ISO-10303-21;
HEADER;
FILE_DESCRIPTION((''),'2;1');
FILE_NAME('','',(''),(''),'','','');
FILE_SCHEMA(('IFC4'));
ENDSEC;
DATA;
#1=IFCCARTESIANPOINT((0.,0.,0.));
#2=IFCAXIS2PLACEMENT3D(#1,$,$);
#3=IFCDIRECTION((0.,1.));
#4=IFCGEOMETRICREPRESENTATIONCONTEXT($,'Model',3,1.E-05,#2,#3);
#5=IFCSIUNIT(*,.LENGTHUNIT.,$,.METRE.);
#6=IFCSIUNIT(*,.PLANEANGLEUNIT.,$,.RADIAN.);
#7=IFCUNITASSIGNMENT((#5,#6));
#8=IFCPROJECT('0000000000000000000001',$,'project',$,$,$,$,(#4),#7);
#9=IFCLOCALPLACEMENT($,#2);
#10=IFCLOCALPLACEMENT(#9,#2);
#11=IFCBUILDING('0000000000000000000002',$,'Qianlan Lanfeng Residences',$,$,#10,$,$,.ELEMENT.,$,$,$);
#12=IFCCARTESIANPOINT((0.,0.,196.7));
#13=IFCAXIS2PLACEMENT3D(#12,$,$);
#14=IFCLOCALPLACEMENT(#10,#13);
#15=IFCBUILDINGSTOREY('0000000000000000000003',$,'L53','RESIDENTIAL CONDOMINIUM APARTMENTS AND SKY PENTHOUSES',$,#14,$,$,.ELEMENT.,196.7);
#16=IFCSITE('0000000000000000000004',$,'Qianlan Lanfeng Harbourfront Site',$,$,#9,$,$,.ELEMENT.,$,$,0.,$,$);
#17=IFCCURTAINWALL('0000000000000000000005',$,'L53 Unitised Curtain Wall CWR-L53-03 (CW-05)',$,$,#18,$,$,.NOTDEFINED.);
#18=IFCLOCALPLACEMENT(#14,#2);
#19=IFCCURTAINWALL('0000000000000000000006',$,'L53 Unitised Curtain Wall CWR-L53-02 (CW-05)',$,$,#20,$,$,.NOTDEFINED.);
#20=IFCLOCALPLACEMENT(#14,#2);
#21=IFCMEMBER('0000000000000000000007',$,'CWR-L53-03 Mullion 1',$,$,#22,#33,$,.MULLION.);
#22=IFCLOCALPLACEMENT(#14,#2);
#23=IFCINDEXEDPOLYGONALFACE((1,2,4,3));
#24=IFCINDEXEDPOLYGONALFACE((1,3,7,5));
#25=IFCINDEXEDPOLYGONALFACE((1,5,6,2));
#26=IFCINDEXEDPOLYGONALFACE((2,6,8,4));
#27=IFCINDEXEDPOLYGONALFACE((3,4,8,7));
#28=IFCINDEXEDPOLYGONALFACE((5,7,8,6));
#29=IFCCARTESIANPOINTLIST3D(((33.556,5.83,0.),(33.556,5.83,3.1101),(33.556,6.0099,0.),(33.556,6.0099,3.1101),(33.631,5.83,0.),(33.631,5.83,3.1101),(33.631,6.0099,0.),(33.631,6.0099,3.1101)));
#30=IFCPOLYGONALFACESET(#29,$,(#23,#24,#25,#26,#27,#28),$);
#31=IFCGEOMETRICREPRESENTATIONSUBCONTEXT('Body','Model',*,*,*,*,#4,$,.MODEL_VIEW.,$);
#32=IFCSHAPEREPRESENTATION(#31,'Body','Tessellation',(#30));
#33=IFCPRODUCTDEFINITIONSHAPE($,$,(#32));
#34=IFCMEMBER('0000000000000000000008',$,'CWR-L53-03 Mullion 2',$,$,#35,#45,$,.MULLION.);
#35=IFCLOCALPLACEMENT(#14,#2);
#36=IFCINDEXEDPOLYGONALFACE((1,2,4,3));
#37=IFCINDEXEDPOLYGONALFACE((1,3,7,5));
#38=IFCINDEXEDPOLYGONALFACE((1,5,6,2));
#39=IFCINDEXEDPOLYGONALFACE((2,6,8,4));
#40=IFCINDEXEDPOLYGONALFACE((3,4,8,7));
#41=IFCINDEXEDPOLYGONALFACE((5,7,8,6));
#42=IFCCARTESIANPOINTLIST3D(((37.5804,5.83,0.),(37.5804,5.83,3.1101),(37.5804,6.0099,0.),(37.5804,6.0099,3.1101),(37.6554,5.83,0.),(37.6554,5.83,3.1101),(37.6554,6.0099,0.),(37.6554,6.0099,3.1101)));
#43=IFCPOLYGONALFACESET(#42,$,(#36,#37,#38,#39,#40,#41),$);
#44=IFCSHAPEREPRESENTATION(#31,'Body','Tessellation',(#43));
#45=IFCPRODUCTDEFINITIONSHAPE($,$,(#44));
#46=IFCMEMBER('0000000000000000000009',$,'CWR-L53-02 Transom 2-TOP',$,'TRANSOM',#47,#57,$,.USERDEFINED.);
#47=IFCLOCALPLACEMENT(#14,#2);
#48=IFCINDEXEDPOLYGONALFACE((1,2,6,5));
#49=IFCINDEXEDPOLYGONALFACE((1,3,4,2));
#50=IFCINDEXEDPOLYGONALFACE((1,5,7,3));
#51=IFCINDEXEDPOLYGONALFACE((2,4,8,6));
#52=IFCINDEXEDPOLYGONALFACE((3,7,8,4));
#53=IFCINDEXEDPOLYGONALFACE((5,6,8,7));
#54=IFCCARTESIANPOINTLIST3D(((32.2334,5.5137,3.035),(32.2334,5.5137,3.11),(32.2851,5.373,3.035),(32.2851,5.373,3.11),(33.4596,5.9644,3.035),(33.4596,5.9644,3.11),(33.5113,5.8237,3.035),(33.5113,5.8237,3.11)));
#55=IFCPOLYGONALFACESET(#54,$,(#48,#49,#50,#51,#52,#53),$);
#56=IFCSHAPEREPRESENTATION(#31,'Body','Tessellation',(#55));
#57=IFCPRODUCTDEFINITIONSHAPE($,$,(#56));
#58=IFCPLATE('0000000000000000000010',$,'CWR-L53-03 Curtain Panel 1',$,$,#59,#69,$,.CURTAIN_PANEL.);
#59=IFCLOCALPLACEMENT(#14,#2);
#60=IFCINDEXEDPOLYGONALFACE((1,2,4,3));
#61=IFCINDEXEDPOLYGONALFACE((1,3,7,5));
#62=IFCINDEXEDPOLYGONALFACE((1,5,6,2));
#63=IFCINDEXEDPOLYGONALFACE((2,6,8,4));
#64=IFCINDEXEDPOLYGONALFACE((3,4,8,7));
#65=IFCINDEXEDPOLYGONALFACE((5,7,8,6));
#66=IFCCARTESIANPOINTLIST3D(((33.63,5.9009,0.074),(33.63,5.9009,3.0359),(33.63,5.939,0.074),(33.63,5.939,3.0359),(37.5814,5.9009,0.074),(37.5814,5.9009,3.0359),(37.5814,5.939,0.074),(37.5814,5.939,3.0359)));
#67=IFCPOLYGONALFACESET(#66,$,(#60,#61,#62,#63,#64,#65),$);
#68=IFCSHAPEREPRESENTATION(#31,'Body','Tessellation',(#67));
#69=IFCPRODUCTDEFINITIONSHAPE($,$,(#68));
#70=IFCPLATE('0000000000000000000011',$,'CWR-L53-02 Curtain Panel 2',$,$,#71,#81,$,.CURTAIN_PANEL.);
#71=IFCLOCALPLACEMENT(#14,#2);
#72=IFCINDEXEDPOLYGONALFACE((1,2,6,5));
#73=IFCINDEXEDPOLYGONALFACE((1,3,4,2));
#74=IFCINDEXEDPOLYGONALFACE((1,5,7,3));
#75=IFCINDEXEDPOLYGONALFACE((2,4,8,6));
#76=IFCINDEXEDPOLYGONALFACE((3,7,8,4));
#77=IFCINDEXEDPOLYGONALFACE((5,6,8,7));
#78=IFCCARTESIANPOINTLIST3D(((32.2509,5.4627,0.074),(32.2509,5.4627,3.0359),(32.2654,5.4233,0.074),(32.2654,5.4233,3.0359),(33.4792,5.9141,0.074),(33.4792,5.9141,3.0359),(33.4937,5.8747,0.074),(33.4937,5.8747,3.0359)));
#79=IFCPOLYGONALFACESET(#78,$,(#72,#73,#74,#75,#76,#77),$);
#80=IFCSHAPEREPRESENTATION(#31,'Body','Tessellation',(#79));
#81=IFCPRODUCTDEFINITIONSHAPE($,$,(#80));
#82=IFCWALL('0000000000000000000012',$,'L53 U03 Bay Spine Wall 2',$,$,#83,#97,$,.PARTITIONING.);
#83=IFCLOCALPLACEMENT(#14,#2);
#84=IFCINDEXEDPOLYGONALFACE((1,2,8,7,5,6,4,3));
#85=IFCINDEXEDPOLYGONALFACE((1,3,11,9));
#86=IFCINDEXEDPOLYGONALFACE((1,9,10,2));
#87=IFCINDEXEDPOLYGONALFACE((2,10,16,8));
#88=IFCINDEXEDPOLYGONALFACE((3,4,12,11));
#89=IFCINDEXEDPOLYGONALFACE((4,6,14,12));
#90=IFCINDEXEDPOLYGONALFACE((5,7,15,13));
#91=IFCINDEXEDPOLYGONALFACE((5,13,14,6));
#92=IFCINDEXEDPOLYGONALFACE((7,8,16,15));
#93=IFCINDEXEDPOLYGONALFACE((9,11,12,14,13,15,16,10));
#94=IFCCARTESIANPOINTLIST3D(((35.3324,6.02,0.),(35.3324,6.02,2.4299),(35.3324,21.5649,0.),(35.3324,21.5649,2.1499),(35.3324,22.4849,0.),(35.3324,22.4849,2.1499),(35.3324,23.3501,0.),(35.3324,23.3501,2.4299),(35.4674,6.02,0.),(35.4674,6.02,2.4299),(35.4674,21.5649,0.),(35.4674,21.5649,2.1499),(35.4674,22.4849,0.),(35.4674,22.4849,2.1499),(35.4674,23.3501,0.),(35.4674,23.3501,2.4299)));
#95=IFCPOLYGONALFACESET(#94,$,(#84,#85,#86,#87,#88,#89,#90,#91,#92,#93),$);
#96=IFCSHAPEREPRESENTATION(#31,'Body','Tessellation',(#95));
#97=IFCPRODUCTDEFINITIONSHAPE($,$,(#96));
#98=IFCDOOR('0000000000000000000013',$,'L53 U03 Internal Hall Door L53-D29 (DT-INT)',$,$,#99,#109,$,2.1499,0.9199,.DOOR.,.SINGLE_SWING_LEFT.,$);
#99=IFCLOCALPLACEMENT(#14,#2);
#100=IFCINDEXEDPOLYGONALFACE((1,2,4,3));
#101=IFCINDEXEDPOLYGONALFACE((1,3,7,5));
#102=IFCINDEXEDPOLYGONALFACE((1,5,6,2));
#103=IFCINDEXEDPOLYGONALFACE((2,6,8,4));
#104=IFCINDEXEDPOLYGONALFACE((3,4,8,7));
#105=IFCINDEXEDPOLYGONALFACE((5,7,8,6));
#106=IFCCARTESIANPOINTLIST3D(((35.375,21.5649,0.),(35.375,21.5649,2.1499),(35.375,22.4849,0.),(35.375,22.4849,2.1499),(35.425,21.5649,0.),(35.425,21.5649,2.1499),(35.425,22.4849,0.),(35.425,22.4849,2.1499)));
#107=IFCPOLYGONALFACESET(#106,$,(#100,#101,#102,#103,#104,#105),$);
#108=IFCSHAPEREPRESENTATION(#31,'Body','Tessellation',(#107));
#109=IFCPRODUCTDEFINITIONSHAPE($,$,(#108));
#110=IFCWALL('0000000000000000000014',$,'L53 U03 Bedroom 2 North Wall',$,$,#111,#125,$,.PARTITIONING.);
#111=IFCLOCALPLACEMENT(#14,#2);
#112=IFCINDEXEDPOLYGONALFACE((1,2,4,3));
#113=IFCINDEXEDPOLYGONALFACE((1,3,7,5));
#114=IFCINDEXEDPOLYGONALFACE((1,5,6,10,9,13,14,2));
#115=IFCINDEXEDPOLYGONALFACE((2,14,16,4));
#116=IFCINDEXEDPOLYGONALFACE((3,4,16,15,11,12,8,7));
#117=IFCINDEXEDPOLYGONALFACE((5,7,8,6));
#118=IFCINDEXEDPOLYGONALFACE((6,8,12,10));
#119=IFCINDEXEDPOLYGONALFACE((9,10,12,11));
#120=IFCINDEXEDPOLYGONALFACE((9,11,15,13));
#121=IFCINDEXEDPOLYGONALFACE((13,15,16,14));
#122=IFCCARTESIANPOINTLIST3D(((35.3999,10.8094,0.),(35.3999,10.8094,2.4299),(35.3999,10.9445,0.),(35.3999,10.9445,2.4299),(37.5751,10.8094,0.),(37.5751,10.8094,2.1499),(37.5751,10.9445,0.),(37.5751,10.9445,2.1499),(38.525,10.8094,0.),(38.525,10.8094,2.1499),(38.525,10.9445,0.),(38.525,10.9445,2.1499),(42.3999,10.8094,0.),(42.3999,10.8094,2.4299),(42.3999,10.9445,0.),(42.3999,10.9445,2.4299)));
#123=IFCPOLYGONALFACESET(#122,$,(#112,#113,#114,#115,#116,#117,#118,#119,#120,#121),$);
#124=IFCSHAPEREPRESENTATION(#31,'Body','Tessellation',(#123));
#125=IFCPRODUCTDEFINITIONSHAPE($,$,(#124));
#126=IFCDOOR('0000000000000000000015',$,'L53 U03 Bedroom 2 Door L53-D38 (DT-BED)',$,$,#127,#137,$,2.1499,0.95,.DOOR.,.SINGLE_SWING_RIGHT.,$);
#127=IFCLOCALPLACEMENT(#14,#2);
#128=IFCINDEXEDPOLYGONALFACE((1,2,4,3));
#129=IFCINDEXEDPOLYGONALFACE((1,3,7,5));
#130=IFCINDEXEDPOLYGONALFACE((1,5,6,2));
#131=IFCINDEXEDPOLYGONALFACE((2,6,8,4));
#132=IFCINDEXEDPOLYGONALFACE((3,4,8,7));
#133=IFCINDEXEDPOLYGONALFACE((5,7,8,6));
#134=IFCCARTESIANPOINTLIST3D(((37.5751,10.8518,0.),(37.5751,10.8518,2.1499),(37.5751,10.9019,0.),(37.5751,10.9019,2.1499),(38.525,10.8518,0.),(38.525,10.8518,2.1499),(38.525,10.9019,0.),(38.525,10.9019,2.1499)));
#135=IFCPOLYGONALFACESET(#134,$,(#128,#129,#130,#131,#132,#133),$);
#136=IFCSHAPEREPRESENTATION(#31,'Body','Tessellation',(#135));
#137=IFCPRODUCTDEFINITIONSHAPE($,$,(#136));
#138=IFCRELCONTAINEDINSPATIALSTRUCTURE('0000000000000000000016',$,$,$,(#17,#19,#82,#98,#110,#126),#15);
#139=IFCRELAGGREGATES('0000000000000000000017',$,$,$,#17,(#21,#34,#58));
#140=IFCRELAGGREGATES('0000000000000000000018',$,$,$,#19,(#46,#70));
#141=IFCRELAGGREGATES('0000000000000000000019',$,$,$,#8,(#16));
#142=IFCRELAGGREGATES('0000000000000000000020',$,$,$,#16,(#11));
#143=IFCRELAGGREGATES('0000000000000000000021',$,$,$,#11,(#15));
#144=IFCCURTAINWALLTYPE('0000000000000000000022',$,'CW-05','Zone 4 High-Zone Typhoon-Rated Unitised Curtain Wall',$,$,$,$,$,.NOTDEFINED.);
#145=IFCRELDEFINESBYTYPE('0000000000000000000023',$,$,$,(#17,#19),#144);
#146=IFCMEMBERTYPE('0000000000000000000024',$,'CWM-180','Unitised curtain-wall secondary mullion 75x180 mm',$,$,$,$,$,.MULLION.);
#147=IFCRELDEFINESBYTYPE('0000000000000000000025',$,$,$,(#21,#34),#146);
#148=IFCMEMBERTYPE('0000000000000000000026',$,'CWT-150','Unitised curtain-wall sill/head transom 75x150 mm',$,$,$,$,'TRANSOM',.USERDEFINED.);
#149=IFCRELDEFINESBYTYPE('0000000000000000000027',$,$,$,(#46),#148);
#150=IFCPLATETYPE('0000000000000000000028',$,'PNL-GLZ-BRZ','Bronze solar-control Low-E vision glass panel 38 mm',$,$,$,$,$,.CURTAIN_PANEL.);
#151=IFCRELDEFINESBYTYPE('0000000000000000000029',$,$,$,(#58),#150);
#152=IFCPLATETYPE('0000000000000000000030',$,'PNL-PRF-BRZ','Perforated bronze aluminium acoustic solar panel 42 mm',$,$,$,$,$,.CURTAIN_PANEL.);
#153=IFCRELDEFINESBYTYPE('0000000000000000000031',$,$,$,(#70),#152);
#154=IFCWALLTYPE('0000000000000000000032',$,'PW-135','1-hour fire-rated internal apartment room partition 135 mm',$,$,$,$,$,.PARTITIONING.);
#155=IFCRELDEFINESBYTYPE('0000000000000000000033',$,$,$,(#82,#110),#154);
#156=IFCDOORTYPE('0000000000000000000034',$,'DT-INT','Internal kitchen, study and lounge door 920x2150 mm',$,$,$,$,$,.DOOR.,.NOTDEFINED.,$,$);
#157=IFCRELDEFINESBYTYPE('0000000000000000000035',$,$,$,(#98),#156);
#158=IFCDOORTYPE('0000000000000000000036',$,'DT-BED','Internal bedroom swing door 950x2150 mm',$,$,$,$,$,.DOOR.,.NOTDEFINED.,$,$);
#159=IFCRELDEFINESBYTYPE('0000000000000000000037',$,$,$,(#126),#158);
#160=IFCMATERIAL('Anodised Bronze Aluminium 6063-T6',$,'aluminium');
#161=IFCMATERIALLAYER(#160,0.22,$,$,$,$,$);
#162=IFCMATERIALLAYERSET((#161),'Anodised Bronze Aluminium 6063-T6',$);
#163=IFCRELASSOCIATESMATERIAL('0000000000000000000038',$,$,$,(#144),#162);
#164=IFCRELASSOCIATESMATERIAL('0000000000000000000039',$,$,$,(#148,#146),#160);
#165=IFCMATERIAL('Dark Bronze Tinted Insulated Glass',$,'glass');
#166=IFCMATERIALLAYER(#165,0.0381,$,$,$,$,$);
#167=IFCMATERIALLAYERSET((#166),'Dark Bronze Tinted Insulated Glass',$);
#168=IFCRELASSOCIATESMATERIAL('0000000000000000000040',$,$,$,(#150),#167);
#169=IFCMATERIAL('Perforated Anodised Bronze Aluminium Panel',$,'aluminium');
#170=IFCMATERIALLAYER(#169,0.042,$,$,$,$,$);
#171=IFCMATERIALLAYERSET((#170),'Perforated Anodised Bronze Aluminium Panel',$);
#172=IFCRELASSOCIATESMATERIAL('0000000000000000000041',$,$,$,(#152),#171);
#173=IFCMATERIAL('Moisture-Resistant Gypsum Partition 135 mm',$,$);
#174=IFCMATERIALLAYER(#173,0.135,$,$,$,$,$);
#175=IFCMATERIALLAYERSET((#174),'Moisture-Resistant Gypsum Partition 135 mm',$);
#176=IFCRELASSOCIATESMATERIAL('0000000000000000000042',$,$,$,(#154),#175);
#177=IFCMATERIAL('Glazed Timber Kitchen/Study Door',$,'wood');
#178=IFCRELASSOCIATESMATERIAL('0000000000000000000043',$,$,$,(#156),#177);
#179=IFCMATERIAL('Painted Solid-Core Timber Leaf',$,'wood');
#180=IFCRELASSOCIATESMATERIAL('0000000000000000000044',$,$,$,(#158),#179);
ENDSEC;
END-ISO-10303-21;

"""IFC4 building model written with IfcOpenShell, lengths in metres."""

from ifc_helpers import new_model, si_unit, direction, frame, frame_2d, origin, origin_2d, place, context, subcontext, project, spatial, rectangle, extrude, source, transform, mapped, material, layer, layer_set, material_profile, profile_set, type_object, element, fill, aggregate, save


model = new_model("IFC4")

# Units and contexts
model_context = context("Model", 3, precision=1e-05, world=origin(), true_north=direction((0.0, 1.0)))
body_context = subcontext(model_context, "Body", "Model", "MODEL_VIEW")
ifc_project = project(units=[si_unit("LENGTHUNIT", "METRE"), si_unit("PLANEANGLEUNIT", "RADIAN")], contexts=[model_context])

# Site, building, storey
site_placement = place(None, origin())
site = spatial("IfcSite", under=ifc_project, at=site_placement, Name="Qianlan Lanfeng Harbourfront Site", CompositionType="ELEMENT", RefElevation=0.0)
building_placement = place(site_placement, origin())
building = spatial("IfcBuilding", under=site, at=building_placement, Name="Qianlan Lanfeng Residences", CompositionType="ELEMENT")
storey_placement = place(building_placement, frame((0.0, 0.0, 196.7)))
storey = spatial("IfcBuildingStorey", under=building, at=storey_placement, Name="L53", Description="RESIDENTIAL CONDOMINIUM APARTMENTS AND SKY PENTHOUSES", CompositionType="ELEMENT", Elevation=196.7)

# Curtain wall
ifc_material_1 = material(Name="Anodised Bronze Aluminium 6063-T6", Category="aluminium")
ifc_layer_1 = layer(ifc_material_1, 0.22)
ifc_layer_set_1 = layer_set([ifc_layer_1], Name="Anodised Bronze Aluminium 6063-T6")
curtain_wall_type = type_object("IfcCurtainWallType", Name="CW-05", Description="Zone 4 High-Zone Typhoon-Rated Unitised Curtain Wall", PredefinedType="NOTDEFINED", material=ifc_layer_set_1)
curtain_wall_1_placement = place(storey_placement, origin())
curtain_wall_1 = element("IfcCurtainWall", 1, at=curtain_wall_1_placement, inside=storey, type_object=curtain_wall_type, Name="L53 Unitised Curtain Wall CWR-L53-03 (CW-05)", PredefinedType="NOTDEFINED")
ifc_material_profile_1 = material_profile(ifc_material_1, rectangle(XDim=0.075, YDim=0.1499, at=origin_2d()), Name="ALU TRANSOM 75x150")
ifc_profile_set_1 = profile_set([ifc_material_profile_1], Name="Anodised Bronze Aluminium 6063-T6")
member_type_1 = type_object("IfcMemberType", Name="CWT-150", Description="Unitised curtain-wall sill/head transom 75x150 mm", ElementType="TRANSOM", PredefinedType="USERDEFINED", material=ifc_profile_set_1)

# Curtain wall
curtain_wall_2_placement = place(storey_placement, origin())
curtain_wall_2 = element("IfcCurtainWall", 2, at=curtain_wall_2_placement, inside=storey, type_object=curtain_wall_type, Name="L53 Unitised Curtain Wall CWR-L53-02 (CW-05)", PredefinedType="NOTDEFINED")
ifc_material_profile_2 = material_profile(ifc_material_1, rectangle(XDim=0.075, YDim=0.1799, at=origin_2d()), Name="ALU MULLION 75x180")
ifc_profile_set_2 = profile_set([ifc_material_profile_2], Name="Anodised Bronze Aluminium 6063-T6")
member_type_2 = type_object("IfcMemberType", Name="CWM-180", Description="Unitised curtain-wall secondary mullion 75x180 mm", PredefinedType="MULLION", material=ifc_profile_set_2)
shared_shape_1 = source(origin(), body_context, "Body", "SweptSolid", [
    extrude(rectangle(XDim=0.075, YDim=0.1799, at=origin_2d()), origin(), (0.0, 0.0, 1.0), 3.1101),
])

# Members
member_1_placement = place(storey_placement, frame((33.5935, 5.9199, 0.0), z_axis=(0.0, 0.0, 1.0), x_axis=(1.0, 0.0, 0.0)))
member_1 = element("IfcMember", 3, at=member_1_placement, type_object=member_type_2, Name="CWR-L53-03 Mullion 1", PredefinedType="MULLION", context=body_context, shape_type="MappedRepresentation", body=[
    mapped(shared_shape_1, transform((0.0, 0.0, 0.0), scale=1.0)),
])
member_2_placement = place(storey_placement, frame((37.6179, 5.9199, 0.0), z_axis=(0.0, 0.0, 1.0), x_axis=(1.0, 0.0, 0.0)))
member_2 = element("IfcMember", 4, at=member_2_placement, type_object=member_type_2, Name="CWR-L53-03 Mullion 2", PredefinedType="MULLION", context=body_context, shape_type="MappedRepresentation", body=[
    mapped(shared_shape_1, transform((0.0, 0.0, 0.0), scale=1.0)),
])
shared_shape_2 = source(origin(), body_context, "Body", "SweptSolid", [
    extrude(rectangle(XDim=0.075, YDim=0.1499, at=origin_2d()), origin(), (0.0, 0.0, 1.0), 1.3064),
])
member_3_placement = place(storey_placement, frame((32.2593, 5.4434, 3.0725), z_axis=(0.93862, 0.344952, 0.0), x_axis=(0.0, 0.0, 1.0)))
member_3 = element("IfcMember", 5, at=member_3_placement, type_object=member_type_1, Name="CWR-L53-02 Transom 2-TOP", ObjectType="TRANSOM", PredefinedType="USERDEFINED", context=body_context, shape_type="MappedRepresentation", body=[
    mapped(shared_shape_2, transform((0.0, 0.0, 0.0), scale=1.0)),
])

# Plates
ifc_material_2 = material(Name="Dark Bronze Tinted Insulated Glass", Category="glass")
ifc_layer_2 = layer(ifc_material_2, 0.0381)
ifc_layer_set_2 = layer_set([ifc_layer_2], Name="Dark Bronze Tinted Insulated Glass")
plate_type_1 = type_object("IfcPlateType", Name="PNL-GLZ-BRZ", Description="Bronze solar-control Low-E vision glass panel 38 mm", PredefinedType="CURTAIN_PANEL", material=ifc_layer_set_2)
shared_shape_3 = source(origin(), body_context, "Body", "SweptSolid", [
    extrude(rectangle(XDim=3.9514, YDim=0.0381, at=origin_2d()), origin(), (0.0, 0.0, 1.0), 2.9619),
])
plate_1_placement = place(storey_placement, frame((35.6057, 5.9199, 0.074), z_axis=(0.0, 0.0, 1.0), x_axis=(1.0, 0.0, 0.0)))
plate_1 = element("IfcPlate", 6, at=plate_1_placement, type_object=plate_type_1, Name="CWR-L53-03 Curtain Panel 1", PredefinedType="CURTAIN_PANEL", context=body_context, shape_type="MappedRepresentation", body=[
    mapped(shared_shape_3, transform((0.0, 0.0, 0.0), scale=1.0)),
])
aggregate(curtain_wall_1, [member_1, member_2, plate_1])
ifc_material_3 = material(Name="Perforated Anodised Bronze Aluminium Panel", Category="aluminium")
ifc_layer_3 = layer(ifc_material_3, 0.042)
ifc_layer_set_3 = layer_set([ifc_layer_3], Name="Perforated Anodised Bronze Aluminium Panel")
plate_type_2 = type_object("IfcPlateType", Name="PNL-PRF-BRZ", Description="Perforated bronze aluminium acoustic solar panel 42 mm", PredefinedType="CURTAIN_PANEL", material=ifc_layer_set_3)
shared_shape_4 = source(origin(), body_context, "Body", "SweptSolid", [
    extrude(rectangle(XDim=1.3086, YDim=0.042, at=origin_2d()), origin(), (0.0, 0.0, 1.0), 2.9619),
])
plate_2_placement = place(storey_placement, frame((32.8723, 5.6687, 0.074), z_axis=(0.0, 0.0, 1.0), x_axis=(0.938626, 0.344938, 0.0)))
plate_2 = element("IfcPlate", 7, at=plate_2_placement, type_object=plate_type_2, Name="CWR-L53-02 Curtain Panel 2", PredefinedType="CURTAIN_PANEL", context=body_context, shape_type="MappedRepresentation", body=[
    mapped(shared_shape_4, transform((0.0, 0.0, 0.0), scale=1.0)),
])
aggregate(curtain_wall_2, [member_3, plate_2])

# Walls, openings, doors
ifc_material_4 = material(Name="Moisture-Resistant Gypsum Partition 135 mm")
ifc_layer_4 = layer(ifc_material_4, 0.135)
ifc_layer_set_4 = layer_set([ifc_layer_4], Name="Moisture-Resistant Gypsum Partition 135 mm")
wall_type = type_object("IfcWallType", Name="PW-135", Description="1-hour fire-rated internal apartment room partition 135 mm", PredefinedType="PARTITIONING", material=ifc_layer_set_4)
wall_1_placement = place(storey_placement, frame((35.3999, 6.02, 0.0), z_axis=(0.0, 0.0, 1.0), x_axis=(0.0, 1.0, 0.0)))
wall_1 = element("IfcWall", 8, at=wall_1_placement, inside=storey, type_object=wall_type, Name="L53 U03 Bay Spine Wall 2", PredefinedType="PARTITIONING", context=body_context, shape_type="SweptSolid", body=[
    extrude(rectangle(XDim=17.3301, YDim=0.135, at=frame_2d((8.665, 0.0))), origin(), (0.0, 0.0, 1.0), 2.4299),
])
opening_1_placement = place(wall_1_placement, frame((15.5449, 0.0, 0.0)))
opening_1 = element("IfcOpeningElement", 9, at=opening_1_placement, cuts=wall_1, PredefinedType="OPENING", context=body_context, shape_type="SweptSolid", body=[
    extrude(rectangle(XDim=0.9199, YDim=2.1499, at=frame_2d((0.46, 1.075))), frame((0.0, 0.0776, 0.0), z_axis=(0.0, -1.0, 0.0), x_axis=(1.0, 0.0, 0.0)), (0.0, 0.0, 1.0), 0.155),
])
ifc_material_5 = material(Name="Glazed Timber Kitchen/Study Door", Category="wood")
door_type_1 = type_object("IfcDoorType", Name="DT-INT", Description="Internal kitchen, study and lounge door 920x2150 mm", OperationType="NOTDEFINED", PredefinedType="DOOR", material=ifc_material_5)
door_1_placement = place(opening_1_placement, origin())
door_1 = element("IfcDoor", 10, at=door_1_placement, inside=storey, type_object=door_type_1, Name="L53 U03 Internal Hall Door L53-D29 (DT-INT)", OperationType="SINGLE_SWING_LEFT", OverallHeight=2.1499, OverallWidth=0.9199, PredefinedType="DOOR", context=body_context, shape_type="SweptSolid", body=[
    extrude(rectangle(XDim=0.9199, YDim=2.1499, at=frame_2d((0.46, 1.075))), frame((0.0, 0.0249, 0.0), z_axis=(0.0, -1.0, 0.0), x_axis=(1.0, 0.0, 0.0)), (0.0, 0.0, 1.0), 0.05),
])
fill(opening_1, door_1)
wall_2_placement = place(storey_placement, frame((35.3999, 10.877, 0.0), z_axis=(0.0, 0.0, 1.0), x_axis=(1.0, 0.0, 0.0)))
wall_2 = element("IfcWall", 11, at=wall_2_placement, inside=storey, type_object=wall_type, Name="L53 U03 Bedroom 2 North Wall", PredefinedType="PARTITIONING", context=body_context, shape_type="SweptSolid", body=[
    extrude(rectangle(XDim=7.0, YDim=0.135, at=frame_2d((3.5, 0.0))), origin(), (0.0, 0.0, 1.0), 2.4299),
])
opening_2_placement = place(wall_2_placement, frame((2.175, 0.0, 0.0)))
opening_2 = element("IfcOpeningElement", 12, at=opening_2_placement, cuts=wall_2, PredefinedType="OPENING", context=body_context, shape_type="SweptSolid", body=[
    extrude(rectangle(XDim=0.95, YDim=2.1499, at=frame_2d((0.4751, 1.075))), frame((0.0, 0.0776, 0.0), z_axis=(0.0, -1.0, 0.0), x_axis=(1.0, 0.0, 0.0)), (0.0, 0.0, 1.0), 0.155),
])
ifc_material_6 = material(Name="Painted Solid-Core Timber Leaf", Category="wood")
door_type_2 = type_object("IfcDoorType", Name="DT-BED", Description="Internal bedroom swing door 950x2150 mm", OperationType="NOTDEFINED", PredefinedType="DOOR", material=ifc_material_6)
door_2_placement = place(opening_2_placement, origin())
door_2 = element("IfcDoor", 13, at=door_2_placement, inside=storey, type_object=door_type_2, Name="L53 U03 Bedroom 2 Door L53-D38 (DT-BED)", OperationType="SINGLE_SWING_RIGHT", OverallHeight=2.1499, OverallWidth=0.95, PredefinedType="DOOR", context=body_context, shape_type="SweptSolid", body=[
    extrude(rectangle(XDim=0.95, YDim=2.1499, at=frame_2d((0.4751, 1.075))), frame((0.0, 0.0249, 0.0), z_axis=(0.0, -1.0, 0.0), x_axis=(1.0, 0.0, 0.0)), (0.0, 0.0, 1.0), 0.05),
])
fill(opening_2, door_2)

save(model, "model.ifc")
